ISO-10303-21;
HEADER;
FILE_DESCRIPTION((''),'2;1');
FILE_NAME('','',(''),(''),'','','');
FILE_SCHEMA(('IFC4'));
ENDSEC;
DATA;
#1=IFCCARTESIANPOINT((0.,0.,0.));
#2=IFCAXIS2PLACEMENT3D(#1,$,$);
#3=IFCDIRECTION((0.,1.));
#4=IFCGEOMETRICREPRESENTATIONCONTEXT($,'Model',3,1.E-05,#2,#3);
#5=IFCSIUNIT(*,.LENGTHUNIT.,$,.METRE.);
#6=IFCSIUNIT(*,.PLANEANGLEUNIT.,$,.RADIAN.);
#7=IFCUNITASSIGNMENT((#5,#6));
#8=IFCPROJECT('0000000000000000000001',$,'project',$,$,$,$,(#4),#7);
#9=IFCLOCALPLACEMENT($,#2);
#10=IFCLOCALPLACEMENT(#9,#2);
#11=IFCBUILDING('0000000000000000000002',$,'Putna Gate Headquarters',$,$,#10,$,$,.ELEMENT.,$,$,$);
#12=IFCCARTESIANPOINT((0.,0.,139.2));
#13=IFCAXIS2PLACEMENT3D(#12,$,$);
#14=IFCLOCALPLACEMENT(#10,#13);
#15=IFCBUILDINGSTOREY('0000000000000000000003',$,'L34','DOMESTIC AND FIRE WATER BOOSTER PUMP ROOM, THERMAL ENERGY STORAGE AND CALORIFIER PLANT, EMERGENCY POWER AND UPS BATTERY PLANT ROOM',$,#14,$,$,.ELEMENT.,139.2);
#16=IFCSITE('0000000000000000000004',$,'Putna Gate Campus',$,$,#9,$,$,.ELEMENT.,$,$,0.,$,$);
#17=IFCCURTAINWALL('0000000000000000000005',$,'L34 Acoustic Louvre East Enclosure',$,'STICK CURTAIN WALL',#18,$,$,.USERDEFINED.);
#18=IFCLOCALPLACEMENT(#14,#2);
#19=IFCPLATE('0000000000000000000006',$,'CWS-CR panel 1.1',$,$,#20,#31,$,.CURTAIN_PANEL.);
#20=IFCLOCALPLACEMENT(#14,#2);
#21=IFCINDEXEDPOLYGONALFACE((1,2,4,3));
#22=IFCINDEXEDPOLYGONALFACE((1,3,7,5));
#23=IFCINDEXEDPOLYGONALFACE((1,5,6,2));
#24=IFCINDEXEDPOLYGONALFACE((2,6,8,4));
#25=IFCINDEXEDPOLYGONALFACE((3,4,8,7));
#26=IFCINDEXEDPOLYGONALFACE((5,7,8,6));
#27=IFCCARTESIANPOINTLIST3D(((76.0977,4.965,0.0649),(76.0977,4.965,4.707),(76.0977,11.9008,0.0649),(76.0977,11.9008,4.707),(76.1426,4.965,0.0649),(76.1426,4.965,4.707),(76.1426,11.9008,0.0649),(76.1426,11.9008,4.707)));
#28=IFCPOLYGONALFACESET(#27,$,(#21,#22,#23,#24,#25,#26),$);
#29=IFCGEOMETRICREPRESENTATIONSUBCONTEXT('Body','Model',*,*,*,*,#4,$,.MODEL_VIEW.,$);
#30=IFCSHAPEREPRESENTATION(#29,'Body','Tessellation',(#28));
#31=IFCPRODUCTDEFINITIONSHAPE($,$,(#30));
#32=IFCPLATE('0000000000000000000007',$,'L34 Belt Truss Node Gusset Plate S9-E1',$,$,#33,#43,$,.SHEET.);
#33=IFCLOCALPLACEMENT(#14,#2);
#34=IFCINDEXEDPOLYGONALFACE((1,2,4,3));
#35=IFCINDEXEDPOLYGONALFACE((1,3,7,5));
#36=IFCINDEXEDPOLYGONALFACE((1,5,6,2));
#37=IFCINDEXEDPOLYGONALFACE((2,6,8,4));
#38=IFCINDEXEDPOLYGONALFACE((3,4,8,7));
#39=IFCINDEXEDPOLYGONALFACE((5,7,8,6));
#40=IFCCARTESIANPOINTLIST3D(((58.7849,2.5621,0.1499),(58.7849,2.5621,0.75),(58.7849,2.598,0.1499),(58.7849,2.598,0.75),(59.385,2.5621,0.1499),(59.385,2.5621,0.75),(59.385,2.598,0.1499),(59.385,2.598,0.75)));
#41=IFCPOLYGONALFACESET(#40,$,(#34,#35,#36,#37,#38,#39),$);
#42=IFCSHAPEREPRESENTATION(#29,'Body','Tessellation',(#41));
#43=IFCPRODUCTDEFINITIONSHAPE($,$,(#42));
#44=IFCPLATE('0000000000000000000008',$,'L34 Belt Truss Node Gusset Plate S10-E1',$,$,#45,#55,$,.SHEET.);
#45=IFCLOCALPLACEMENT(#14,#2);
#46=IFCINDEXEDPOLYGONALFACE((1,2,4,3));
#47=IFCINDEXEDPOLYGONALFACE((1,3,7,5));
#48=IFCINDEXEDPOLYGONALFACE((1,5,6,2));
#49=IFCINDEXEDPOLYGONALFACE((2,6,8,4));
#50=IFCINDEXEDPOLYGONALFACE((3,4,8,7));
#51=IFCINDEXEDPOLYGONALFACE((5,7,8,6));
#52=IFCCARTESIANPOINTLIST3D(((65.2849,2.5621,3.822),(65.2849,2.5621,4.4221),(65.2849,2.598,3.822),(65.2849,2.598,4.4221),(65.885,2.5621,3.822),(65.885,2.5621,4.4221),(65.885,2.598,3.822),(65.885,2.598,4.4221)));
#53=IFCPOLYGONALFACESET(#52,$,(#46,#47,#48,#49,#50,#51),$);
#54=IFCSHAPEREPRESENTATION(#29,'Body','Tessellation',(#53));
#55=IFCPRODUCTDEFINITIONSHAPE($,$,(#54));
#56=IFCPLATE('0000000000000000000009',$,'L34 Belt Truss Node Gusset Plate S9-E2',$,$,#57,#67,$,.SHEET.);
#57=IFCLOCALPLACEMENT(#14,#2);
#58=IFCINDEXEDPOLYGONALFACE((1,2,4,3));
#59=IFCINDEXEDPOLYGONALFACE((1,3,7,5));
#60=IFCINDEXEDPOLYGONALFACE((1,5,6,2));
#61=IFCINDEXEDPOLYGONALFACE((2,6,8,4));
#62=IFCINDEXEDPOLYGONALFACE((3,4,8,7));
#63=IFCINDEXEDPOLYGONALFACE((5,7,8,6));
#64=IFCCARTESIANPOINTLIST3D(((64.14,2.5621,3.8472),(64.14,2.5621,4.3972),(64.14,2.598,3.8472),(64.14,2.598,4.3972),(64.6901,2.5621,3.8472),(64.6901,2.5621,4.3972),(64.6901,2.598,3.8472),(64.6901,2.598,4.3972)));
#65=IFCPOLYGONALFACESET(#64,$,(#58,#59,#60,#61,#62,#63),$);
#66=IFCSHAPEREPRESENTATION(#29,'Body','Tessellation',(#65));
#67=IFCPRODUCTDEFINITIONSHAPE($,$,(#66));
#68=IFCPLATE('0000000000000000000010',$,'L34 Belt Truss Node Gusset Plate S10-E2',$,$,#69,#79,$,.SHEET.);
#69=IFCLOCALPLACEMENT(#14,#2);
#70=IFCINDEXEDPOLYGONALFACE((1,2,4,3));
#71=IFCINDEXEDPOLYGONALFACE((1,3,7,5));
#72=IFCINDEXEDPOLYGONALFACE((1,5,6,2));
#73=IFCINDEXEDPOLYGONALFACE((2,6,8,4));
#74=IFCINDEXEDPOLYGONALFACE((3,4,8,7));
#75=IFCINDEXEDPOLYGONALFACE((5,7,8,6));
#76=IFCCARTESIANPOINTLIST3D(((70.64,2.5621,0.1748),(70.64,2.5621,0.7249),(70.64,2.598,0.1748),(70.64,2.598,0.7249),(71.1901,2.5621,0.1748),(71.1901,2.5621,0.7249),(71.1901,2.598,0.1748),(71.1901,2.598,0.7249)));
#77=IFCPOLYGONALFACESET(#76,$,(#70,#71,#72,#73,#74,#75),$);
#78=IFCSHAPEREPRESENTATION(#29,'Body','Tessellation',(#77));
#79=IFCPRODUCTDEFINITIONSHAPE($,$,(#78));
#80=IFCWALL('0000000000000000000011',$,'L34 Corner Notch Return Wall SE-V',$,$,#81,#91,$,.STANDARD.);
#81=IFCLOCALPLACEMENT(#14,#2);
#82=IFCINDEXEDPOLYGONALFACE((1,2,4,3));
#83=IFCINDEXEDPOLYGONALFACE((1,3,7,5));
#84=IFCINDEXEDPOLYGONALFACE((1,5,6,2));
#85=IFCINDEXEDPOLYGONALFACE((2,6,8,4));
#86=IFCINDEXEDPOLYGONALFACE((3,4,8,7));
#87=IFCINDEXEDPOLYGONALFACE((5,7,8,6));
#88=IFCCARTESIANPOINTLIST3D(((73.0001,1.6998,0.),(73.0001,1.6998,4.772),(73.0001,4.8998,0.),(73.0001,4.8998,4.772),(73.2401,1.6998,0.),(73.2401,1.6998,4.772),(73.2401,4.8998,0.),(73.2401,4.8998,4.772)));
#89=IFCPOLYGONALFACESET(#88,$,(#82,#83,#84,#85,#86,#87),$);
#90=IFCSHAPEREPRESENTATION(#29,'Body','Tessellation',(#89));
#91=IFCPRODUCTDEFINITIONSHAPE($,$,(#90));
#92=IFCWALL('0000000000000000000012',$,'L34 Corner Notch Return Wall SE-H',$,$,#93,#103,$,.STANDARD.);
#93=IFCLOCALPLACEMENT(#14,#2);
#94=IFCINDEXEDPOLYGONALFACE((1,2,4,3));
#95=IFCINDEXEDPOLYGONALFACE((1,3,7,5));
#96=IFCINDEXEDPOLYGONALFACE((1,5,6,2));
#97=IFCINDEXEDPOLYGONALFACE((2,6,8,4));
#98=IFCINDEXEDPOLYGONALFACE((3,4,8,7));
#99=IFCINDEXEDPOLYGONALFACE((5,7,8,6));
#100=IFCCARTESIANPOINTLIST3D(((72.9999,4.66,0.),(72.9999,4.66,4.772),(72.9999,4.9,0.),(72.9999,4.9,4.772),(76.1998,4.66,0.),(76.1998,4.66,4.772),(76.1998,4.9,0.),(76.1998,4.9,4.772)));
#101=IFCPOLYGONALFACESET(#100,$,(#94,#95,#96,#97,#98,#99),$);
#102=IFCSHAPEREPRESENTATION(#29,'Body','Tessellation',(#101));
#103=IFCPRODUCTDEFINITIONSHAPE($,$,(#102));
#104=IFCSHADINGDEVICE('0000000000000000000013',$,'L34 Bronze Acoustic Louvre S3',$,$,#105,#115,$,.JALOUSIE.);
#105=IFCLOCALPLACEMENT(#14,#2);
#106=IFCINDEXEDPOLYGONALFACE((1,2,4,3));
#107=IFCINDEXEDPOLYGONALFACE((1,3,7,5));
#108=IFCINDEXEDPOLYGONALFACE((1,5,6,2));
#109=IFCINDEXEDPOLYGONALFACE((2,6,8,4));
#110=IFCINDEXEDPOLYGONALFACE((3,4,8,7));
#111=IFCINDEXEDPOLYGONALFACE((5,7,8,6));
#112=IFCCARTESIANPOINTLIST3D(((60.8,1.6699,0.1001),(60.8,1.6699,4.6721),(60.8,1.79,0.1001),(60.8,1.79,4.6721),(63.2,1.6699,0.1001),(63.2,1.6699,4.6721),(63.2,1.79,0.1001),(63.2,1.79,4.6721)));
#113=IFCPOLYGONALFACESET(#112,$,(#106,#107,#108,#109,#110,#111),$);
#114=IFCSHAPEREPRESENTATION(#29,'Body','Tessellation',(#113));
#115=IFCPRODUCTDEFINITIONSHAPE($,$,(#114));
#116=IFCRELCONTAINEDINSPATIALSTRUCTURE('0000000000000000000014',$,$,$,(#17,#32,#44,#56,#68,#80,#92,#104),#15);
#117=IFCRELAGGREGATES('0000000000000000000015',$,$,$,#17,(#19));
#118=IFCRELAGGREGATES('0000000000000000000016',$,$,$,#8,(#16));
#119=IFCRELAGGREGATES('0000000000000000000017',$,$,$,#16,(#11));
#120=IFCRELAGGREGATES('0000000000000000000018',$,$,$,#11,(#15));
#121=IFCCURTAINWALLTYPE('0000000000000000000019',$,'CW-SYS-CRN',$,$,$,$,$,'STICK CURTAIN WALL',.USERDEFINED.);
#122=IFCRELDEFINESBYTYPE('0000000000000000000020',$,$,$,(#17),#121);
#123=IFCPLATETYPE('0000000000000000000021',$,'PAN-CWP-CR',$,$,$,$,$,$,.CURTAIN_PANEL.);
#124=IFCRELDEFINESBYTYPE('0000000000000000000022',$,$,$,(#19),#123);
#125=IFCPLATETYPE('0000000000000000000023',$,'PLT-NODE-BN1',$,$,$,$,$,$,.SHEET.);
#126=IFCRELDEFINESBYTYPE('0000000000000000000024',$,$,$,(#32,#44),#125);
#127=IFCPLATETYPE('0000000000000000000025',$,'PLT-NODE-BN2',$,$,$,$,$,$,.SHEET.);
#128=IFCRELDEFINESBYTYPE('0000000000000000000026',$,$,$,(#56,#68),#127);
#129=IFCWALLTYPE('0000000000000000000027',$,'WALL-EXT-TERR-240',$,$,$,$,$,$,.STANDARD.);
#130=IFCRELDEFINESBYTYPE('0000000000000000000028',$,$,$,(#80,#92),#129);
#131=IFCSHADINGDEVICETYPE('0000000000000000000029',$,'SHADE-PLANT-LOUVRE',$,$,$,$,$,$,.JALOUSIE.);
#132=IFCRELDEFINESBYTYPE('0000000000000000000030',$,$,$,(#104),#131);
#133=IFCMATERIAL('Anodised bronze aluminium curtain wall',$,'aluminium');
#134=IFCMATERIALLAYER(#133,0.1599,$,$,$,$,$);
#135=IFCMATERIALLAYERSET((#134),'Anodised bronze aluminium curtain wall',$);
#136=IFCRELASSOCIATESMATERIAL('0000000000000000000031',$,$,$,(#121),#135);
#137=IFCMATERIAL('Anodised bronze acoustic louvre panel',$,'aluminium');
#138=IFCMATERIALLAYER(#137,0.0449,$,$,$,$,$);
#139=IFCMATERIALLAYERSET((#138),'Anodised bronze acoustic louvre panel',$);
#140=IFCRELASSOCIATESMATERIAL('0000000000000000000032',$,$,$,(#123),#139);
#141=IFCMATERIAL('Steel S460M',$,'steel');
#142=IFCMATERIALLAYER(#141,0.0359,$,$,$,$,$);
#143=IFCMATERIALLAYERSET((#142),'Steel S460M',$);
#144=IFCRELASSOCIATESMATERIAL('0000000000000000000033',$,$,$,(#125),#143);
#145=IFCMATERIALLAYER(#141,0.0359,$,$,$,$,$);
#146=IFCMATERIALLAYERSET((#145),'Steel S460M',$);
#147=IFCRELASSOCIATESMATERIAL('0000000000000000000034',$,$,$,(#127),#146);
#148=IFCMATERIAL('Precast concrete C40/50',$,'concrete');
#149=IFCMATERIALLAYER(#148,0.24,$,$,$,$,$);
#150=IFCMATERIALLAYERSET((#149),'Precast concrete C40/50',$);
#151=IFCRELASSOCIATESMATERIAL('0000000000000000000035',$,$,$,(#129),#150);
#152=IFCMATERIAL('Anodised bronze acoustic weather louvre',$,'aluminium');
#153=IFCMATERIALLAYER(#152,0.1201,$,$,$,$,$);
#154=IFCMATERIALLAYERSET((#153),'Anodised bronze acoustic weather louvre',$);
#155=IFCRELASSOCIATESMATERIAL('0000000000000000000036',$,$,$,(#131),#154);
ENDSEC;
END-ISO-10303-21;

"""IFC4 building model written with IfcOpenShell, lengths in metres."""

from ifc_helpers import new_model, si_unit, direction, frame, frame_2d, origin, origin_2d, place, context, subcontext, project, spatial, rectangle, extrude, material, layer, layer_set, type_object, element, aggregate, save


model = new_model("IFC4")

# Units and contexts
model_context = context("Model", 3, precision=1e-05, world=origin(), true_north=direction((0.0, 1.0)))
body_context = subcontext(model_context, "Body", "Model", "MODEL_VIEW")
ifc_project = project(units=[si_unit("LENGTHUNIT", "METRE"), si_unit("PLANEANGLEUNIT", "RADIAN")], contexts=[model_context])

# Site, building, storey
site_placement = place(None, origin())
site = spatial("IfcSite", under=ifc_project, at=site_placement, Name="Putna Gate Campus", CompositionType="ELEMENT", RefElevation=0.0)
building_placement = place(site_placement, origin())
building = spatial("IfcBuilding", under=site, at=building_placement, Name="Putna Gate Headquarters", CompositionType="ELEMENT")
storey_placement = place(building_placement, frame((0.0, 0.0, 139.2)))
storey = spatial("IfcBuildingStorey", under=building, at=storey_placement, Name="L34", Description="DOMESTIC AND FIRE WATER BOOSTER PUMP ROOM, THERMAL ENERGY STORAGE AND CALORIFIER PLANT, EMERGENCY POWER AND UPS BATTERY PLANT ROOM", CompositionType="ELEMENT", Elevation=139.2)

# Shared definitions
ifc_material_1 = material(Name="Steel S460M", Category="steel")

# Shared definitions
ifc_material_2 = material(Name="Anodised bronze aluminium curtain wall", Category="aluminium")
ifc_layer_1 = layer(ifc_material_2, 0.1599)
ifc_layer_set_1 = layer_set([ifc_layer_1], Name="Anodised bronze aluminium curtain wall")
curtain_wall_type = type_object("IfcCurtainWallType", Name="CW-SYS-CRN", ElementType="STICK CURTAIN WALL", PredefinedType="USERDEFINED", material=ifc_layer_set_1)

# Curtain wall
curtain_wall_1_placement = place(storey_placement, origin())
curtain_wall_1 = element("IfcCurtainWall", 1, at=curtain_wall_1_placement, inside=storey, type_object=curtain_wall_type, Name="L34 Acoustic Louvre East Enclosure", ObjectType="STICK CURTAIN WALL", PredefinedType="USERDEFINED")

# Plate
ifc_material_3 = material(Name="Anodised bronze acoustic louvre panel", Category="aluminium")
ifc_layer_2 = layer(ifc_material_3, 0.0449)
ifc_layer_set_2 = layer_set([ifc_layer_2], Name="Anodised bronze acoustic louvre panel")
plate_type_1 = type_object("IfcPlateType", Name="PAN-CWP-CR", PredefinedType="CURTAIN_PANEL", material=ifc_layer_set_2)
plate_1_placement = place(storey_placement, frame((76.1201, 8.4329, 0.0649), z_axis=(0.0, 0.0, 1.0), x_axis=(0.0, 1.0, 0.0)))
plate_1 = element("IfcPlate", 2, at=plate_1_placement, type_object=plate_type_1, Name="CWS-CR panel 1.1", PredefinedType="CURTAIN_PANEL", context=body_context, shape_type="SweptSolid", body=[
    extrude(rectangle(XDim=6.9358, YDim=0.0449, at=origin_2d()), origin(), (0.0, 0.0, 1.0), 4.6421),
])
aggregate(curtain_wall_1, [plate_1])

# Plates
ifc_layer_3 = layer(ifc_material_1, 0.0359)
ifc_layer_set_3 = layer_set([ifc_layer_3], Name="Steel S460M")
plate_type_2 = type_object("IfcPlateType", Name="PLT-NODE-BN1", PredefinedType="SHEET", material=ifc_layer_set_3)
for number, where, z_axis, x_axis, name in (
    (3, (59.085, 2.5801, 0.1499), (0.0, 0.0, 1.0), (1.0, 0.0, 0.0), "L34 Belt Truss Node Gusset Plate S9-E1"),
    (4, (65.585, 2.5801, 3.822), (0.0, 0.0, 1.0), (1.0, 0.0, 0.0), "L34 Belt Truss Node Gusset Plate S10-E1"),
):
    element("IfcPlate", number, at=place(storey_placement, frame(where, z_axis=z_axis, x_axis=x_axis)), inside=storey, type_object=plate_type_2, Name=name, PredefinedType="SHEET", context=body_context, shape_type="SweptSolid", body=[
        extrude(rectangle(XDim=0.6001, YDim=0.0359, at=origin_2d()), origin(), (0.0, 0.0, 1.0), 0.6001),
    ])
ifc_layer_4 = layer(ifc_material_1, 0.0359)
ifc_layer_set_4 = layer_set([ifc_layer_4], Name="Steel S460M")
plate_type_3 = type_object("IfcPlateType", Name="PLT-NODE-BN2", PredefinedType="SHEET", material=ifc_layer_set_4)
for number, where, z_axis, x_axis, name in (
    (5, (64.415, 2.5801, 3.8472), (0.0, 0.0, 1.0), (1.0, 0.0, 0.0), "L34 Belt Truss Node Gusset Plate S9-E2"),
    (6, (70.915, 2.5801, 0.1748), (0.0, 0.0, 1.0), (1.0, 0.0, 0.0), "L34 Belt Truss Node Gusset Plate S10-E2"),
):
    element("IfcPlate", number, at=place(storey_placement, frame(where, z_axis=z_axis, x_axis=x_axis)), inside=storey, type_object=plate_type_3, Name=name, PredefinedType="SHEET", context=body_context, shape_type="SweptSolid", body=[
        extrude(rectangle(XDim=0.55, YDim=0.0359, at=origin_2d()), origin(), (0.0, 0.0, 1.0), 0.55),
    ])

# Walls
ifc_material_4 = material(Name="Precast concrete C40/50", Category="concrete")
ifc_layer_5 = layer(ifc_material_4, 0.24)
ifc_layer_set_5 = layer_set([ifc_layer_5], Name="Precast concrete C40/50")
wall_type = type_object("IfcWallType", Name="WALL-EXT-TERR-240", PredefinedType="STANDARD", material=ifc_layer_set_5)
for number, where, z_axis, x_axis, name in (
    (7, (73.1201, 4.8999, 0.0), (0.0, 0.0, 1.0), (0.0, -1.0, 0.0), "L34 Corner Notch Return Wall SE-V"),
    (8, (76.2, 4.78, 0.0), (0.0, 0.0, 1.0), (-1.0, 0.0, 0.0), "L34 Corner Notch Return Wall SE-H"),
):
    element("IfcWall", number, at=place(storey_placement, frame(where, z_axis=z_axis, x_axis=x_axis)), inside=storey, type_object=wall_type, Name=name, PredefinedType="STANDARD", context=body_context, shape_type="SweptSolid", body=[
        extrude(rectangle(XDim=3.2, YDim=0.24, at=frame_2d((1.6001, 0.0))), origin(), (0.0, 0.0, 1.0), 4.772),
    ])

# Shading device
ifc_material_5 = material(Name="Anodised bronze acoustic weather louvre", Category="aluminium")
ifc_layer_6 = layer(ifc_material_5, 0.1201)
ifc_layer_set_6 = layer_set([ifc_layer_6], Name="Anodised bronze acoustic weather louvre")
shading_device_type = type_object("IfcShadingDeviceType", Name="SHADE-PLANT-LOUVRE", PredefinedType="JALOUSIE", material=ifc_layer_set_6)
shading_device_placement = place(storey_placement, frame((62.0, 1.73, 0.1001), z_axis=(0.0, 0.0, 1.0), x_axis=(1.0, 0.0, 0.0)))
element("IfcShadingDevice", 9, at=shading_device_placement, inside=storey, type_object=shading_device_type, Name="L34 Bronze Acoustic Louvre S3", PredefinedType="JALOUSIE", context=body_context, shape_type="SweptSolid", body=[
    extrude(rectangle(XDim=2.3999, YDim=0.1201, at=origin_2d()), origin(), (0.0, 0.0, 1.0), 4.572),
])

save(model, "model.ifc")
